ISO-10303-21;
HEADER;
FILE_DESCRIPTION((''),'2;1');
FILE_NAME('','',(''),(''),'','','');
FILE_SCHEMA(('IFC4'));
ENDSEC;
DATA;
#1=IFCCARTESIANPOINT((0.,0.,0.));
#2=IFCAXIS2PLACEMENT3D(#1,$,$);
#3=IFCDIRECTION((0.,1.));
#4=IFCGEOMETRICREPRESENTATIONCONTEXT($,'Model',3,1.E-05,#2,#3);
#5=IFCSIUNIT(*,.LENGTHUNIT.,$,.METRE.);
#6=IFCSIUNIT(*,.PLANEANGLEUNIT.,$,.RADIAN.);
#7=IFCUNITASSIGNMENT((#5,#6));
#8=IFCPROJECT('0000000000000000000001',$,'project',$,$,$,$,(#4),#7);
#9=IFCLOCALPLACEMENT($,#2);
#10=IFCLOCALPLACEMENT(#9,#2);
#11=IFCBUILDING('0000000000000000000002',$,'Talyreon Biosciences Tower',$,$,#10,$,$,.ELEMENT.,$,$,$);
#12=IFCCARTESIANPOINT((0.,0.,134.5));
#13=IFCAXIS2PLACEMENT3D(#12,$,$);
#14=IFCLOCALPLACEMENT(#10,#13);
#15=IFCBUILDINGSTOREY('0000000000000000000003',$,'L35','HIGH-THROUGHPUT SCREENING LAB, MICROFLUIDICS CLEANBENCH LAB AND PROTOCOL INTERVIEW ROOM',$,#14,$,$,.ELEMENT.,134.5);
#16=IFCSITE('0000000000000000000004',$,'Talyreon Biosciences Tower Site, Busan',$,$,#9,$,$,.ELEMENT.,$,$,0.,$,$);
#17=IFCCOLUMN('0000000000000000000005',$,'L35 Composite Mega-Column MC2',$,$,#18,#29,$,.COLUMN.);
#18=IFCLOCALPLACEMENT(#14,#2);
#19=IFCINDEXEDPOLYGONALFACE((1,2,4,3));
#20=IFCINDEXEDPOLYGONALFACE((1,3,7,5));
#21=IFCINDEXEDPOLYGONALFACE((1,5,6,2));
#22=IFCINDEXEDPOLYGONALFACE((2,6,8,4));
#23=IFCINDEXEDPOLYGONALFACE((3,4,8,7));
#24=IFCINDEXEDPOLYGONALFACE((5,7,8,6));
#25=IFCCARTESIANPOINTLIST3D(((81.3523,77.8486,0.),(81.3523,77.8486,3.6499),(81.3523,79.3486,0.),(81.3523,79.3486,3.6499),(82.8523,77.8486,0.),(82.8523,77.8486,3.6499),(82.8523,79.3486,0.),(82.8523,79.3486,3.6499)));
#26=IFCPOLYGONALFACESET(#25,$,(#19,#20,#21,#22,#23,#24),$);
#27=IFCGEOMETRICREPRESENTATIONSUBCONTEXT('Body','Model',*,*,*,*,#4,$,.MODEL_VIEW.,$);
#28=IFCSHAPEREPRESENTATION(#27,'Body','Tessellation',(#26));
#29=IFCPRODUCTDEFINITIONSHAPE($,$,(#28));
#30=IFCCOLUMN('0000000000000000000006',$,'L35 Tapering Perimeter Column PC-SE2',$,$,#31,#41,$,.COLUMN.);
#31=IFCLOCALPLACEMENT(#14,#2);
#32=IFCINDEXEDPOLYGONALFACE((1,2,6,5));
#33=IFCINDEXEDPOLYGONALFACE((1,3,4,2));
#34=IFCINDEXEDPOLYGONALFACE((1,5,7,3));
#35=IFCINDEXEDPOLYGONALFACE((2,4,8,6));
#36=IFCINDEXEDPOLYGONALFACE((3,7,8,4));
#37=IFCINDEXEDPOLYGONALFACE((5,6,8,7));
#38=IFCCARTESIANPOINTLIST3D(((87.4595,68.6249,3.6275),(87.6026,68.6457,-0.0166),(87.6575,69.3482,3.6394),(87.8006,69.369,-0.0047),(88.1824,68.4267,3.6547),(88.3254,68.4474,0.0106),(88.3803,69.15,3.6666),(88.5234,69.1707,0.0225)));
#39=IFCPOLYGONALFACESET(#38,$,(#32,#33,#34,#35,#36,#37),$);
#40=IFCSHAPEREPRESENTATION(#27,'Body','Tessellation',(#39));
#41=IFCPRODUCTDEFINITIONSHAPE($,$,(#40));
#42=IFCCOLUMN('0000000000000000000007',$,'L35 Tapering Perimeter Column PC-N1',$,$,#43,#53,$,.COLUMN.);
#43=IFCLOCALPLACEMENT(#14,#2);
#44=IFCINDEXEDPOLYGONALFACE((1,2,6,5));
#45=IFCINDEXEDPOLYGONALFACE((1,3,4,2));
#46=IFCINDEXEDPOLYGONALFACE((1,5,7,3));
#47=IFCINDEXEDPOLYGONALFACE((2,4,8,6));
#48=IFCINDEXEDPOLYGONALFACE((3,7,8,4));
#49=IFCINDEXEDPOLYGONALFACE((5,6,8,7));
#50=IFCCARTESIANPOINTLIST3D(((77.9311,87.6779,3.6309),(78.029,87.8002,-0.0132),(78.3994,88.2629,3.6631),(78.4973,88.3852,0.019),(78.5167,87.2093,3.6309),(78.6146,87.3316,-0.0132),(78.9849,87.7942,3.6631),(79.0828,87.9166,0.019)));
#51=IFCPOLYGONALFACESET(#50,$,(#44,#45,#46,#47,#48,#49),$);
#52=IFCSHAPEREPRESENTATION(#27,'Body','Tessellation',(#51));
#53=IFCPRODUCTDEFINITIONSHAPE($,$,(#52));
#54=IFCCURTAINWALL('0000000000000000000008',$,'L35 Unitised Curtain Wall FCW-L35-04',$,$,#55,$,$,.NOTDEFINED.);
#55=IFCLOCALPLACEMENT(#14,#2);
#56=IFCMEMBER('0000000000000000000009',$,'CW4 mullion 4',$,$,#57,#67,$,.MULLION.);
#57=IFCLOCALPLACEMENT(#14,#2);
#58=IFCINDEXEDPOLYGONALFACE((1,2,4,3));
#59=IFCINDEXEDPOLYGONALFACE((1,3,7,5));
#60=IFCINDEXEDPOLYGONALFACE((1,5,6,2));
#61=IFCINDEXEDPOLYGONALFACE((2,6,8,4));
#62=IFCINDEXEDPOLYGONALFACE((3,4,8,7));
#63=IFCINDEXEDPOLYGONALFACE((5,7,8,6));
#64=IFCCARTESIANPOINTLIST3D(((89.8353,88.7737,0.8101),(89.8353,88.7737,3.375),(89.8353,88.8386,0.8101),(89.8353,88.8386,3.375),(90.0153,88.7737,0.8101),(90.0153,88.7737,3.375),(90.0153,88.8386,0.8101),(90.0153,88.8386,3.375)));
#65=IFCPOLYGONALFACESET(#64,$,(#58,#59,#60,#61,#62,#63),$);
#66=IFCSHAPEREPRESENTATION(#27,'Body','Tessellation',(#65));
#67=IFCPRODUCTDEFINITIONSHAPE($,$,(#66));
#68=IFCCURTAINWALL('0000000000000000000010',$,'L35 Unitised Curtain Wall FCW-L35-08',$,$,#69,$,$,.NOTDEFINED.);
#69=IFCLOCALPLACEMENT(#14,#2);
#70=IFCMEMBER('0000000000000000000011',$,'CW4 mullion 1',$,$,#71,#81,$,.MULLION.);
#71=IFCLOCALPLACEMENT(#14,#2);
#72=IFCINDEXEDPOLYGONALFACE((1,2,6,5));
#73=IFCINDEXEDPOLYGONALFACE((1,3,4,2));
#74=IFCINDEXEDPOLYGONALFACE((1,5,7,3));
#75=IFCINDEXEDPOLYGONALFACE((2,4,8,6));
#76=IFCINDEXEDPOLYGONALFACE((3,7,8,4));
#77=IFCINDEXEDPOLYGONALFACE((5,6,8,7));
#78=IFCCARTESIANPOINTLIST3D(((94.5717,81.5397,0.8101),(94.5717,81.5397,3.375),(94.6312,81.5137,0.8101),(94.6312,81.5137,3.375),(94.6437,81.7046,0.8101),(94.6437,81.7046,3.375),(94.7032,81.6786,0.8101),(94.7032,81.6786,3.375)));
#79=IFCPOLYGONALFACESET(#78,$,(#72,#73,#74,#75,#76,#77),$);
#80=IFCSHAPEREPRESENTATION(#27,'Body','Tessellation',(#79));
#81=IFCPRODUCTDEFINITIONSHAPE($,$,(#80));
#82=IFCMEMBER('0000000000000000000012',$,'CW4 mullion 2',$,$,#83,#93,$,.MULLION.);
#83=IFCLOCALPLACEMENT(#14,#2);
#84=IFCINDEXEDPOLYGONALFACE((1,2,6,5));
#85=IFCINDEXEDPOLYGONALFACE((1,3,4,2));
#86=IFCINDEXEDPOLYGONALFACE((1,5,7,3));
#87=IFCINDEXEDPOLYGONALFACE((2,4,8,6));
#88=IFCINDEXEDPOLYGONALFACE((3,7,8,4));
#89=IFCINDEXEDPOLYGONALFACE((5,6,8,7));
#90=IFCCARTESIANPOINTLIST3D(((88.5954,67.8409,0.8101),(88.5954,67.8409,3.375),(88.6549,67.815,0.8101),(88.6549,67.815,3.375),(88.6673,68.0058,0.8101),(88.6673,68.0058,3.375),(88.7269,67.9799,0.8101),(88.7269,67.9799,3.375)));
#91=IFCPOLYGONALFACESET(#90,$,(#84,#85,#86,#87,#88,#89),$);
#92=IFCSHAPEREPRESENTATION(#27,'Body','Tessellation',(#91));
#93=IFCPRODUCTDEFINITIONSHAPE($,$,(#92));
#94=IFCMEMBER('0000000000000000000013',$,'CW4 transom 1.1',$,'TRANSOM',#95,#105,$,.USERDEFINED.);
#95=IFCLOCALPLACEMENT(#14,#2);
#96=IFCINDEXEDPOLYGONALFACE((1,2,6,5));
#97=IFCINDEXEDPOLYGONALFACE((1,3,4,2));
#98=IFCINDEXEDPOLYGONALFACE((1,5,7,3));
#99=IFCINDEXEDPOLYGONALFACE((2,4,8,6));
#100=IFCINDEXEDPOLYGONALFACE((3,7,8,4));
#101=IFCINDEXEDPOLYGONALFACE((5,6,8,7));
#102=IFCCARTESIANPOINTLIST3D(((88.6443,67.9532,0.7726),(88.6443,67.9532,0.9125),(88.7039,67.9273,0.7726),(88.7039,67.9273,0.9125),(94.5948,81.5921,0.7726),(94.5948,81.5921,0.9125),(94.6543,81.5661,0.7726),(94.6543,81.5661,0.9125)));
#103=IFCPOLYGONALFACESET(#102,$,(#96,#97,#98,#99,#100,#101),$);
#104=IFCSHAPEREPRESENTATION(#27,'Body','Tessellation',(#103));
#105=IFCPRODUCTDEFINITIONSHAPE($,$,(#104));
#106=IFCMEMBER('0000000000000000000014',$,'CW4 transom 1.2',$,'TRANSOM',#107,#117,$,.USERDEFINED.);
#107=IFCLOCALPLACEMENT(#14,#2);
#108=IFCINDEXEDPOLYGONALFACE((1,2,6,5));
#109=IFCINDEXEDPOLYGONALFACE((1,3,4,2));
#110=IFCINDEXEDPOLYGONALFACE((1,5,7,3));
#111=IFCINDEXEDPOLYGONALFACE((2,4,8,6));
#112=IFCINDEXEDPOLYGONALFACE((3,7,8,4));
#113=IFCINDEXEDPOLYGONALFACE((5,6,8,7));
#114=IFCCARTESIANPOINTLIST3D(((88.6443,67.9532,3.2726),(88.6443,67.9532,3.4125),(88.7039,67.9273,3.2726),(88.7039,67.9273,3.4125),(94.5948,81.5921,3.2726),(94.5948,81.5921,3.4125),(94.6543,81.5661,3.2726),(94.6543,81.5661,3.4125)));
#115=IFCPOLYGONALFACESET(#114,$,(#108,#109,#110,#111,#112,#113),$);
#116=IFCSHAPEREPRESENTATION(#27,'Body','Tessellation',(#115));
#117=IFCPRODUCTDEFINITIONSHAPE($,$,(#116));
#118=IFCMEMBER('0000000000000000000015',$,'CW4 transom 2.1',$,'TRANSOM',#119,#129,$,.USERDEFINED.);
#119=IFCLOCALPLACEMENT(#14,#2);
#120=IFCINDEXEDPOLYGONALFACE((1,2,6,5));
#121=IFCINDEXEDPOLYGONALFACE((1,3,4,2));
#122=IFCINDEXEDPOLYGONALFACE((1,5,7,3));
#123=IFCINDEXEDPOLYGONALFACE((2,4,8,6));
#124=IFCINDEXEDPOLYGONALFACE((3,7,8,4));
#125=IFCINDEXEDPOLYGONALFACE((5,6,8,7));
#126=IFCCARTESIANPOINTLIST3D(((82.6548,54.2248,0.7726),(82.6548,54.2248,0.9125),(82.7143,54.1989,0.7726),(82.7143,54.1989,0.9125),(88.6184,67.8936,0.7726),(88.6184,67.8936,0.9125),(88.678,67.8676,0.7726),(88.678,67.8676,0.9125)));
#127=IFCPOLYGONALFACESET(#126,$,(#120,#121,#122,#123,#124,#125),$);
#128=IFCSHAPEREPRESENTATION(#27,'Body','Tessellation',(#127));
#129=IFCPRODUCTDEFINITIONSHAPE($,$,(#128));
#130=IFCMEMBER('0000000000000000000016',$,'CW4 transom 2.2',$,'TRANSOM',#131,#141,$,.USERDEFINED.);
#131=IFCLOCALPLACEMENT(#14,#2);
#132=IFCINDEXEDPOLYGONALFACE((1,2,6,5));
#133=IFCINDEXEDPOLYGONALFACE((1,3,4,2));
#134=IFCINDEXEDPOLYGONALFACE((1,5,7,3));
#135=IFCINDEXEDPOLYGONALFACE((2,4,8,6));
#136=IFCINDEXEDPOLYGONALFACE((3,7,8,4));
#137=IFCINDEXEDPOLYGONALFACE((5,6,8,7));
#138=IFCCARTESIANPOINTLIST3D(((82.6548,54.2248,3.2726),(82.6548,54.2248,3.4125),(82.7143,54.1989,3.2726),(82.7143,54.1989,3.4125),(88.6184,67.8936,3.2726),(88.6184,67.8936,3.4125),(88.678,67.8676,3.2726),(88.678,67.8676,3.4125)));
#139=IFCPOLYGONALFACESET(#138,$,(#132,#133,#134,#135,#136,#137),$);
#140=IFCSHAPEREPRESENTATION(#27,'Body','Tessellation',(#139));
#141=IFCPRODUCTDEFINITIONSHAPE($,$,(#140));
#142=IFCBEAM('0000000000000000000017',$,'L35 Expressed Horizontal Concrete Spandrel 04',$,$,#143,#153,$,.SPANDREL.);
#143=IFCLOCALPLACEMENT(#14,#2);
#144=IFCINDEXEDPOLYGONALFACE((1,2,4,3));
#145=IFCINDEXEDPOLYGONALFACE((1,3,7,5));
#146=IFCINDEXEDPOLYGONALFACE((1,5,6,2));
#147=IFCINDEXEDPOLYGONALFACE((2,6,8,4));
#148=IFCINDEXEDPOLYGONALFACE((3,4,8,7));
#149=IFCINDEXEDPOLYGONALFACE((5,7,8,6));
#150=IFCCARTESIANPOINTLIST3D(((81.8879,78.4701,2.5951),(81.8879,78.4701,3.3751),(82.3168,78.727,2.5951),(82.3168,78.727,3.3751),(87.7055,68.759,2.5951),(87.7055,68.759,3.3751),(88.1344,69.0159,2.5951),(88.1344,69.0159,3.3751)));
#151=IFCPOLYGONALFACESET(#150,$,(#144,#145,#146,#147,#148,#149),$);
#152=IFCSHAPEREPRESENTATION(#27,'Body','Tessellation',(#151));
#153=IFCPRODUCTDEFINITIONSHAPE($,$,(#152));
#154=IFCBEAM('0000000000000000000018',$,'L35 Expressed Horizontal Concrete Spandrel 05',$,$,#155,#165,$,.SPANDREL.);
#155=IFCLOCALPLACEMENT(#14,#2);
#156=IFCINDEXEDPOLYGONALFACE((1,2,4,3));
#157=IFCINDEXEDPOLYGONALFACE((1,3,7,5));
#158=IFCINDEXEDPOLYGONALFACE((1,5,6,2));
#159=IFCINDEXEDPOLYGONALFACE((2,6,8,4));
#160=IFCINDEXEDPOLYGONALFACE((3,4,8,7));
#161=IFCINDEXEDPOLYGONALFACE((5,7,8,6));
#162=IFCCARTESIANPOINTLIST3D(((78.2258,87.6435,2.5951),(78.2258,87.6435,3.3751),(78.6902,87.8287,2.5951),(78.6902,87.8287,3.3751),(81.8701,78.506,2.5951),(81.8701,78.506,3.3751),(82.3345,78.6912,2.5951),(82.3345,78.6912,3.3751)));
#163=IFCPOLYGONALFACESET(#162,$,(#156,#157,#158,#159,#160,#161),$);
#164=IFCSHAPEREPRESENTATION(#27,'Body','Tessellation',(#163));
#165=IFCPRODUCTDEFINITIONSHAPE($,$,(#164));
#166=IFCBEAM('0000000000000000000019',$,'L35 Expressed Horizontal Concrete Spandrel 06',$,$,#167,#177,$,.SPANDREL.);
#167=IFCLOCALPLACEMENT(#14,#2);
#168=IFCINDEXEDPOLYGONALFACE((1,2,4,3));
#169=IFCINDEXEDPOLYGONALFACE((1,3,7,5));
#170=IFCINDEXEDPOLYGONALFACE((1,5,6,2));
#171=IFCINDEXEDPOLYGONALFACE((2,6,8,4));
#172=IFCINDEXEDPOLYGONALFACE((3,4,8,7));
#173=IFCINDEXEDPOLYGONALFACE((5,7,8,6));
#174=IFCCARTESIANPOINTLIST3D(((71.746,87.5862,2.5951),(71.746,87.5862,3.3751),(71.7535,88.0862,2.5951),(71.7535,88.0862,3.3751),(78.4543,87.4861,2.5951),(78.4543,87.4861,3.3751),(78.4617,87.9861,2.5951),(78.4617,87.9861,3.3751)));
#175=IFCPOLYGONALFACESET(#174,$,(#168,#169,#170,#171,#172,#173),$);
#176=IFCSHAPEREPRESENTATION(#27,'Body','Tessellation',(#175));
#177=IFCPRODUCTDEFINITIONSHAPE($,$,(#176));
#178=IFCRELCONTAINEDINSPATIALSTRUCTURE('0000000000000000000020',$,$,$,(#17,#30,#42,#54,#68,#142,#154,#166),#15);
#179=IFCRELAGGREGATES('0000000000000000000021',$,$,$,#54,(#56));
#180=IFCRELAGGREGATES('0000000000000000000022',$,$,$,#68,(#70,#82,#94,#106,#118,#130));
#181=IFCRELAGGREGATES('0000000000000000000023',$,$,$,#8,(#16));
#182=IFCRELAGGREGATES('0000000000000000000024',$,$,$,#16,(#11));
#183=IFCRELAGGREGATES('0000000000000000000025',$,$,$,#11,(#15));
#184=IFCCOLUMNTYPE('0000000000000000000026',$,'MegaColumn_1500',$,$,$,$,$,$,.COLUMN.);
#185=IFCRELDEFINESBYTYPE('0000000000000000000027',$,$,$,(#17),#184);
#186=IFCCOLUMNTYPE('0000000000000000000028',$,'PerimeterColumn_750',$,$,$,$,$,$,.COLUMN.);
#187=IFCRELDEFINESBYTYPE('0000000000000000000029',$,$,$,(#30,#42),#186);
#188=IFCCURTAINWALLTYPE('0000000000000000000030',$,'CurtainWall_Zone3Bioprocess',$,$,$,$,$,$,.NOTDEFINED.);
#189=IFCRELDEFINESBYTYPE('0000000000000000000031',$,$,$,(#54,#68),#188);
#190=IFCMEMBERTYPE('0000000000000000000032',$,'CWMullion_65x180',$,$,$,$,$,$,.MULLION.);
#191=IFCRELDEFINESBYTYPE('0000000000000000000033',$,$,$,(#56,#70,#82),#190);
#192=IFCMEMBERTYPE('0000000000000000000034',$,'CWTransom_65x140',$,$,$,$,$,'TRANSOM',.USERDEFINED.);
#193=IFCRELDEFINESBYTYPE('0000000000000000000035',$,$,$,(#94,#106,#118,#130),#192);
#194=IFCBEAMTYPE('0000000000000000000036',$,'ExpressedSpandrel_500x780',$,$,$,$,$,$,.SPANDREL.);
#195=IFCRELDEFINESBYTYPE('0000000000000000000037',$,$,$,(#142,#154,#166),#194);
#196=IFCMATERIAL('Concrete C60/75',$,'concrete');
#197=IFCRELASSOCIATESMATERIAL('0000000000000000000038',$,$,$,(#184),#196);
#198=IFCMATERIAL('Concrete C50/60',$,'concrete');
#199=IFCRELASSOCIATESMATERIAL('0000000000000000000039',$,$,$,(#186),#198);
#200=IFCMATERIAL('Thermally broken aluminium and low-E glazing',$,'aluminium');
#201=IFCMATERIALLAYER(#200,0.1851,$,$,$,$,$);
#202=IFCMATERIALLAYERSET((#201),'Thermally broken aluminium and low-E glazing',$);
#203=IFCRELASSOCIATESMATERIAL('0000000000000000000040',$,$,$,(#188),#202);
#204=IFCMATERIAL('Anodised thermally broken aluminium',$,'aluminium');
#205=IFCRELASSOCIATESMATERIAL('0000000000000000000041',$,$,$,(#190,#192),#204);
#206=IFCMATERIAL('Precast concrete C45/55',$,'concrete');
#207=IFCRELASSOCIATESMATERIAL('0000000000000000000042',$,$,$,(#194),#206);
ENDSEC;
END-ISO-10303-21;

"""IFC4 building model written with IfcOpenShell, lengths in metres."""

from ifc_helpers import new_model, si_unit, direction, frame, origin, origin_2d, place, context, subcontext, project, spatial, rectangle, extrude, material, layer, layer_set, material_profile, profile_set, type_object, element, aggregate, save


model = new_model("IFC4")

# Units and contexts
model_context = context("Model", 3, precision=1e-05, world=origin(), true_north=direction((0.0, 1.0)))
body_context = subcontext(model_context, "Body", "Model", "MODEL_VIEW")
ifc_project = project(units=[si_unit("LENGTHUNIT", "METRE"), si_unit("PLANEANGLEUNIT", "RADIAN")], contexts=[model_context])

# Site, building, storey
site_placement = place(None, origin())
site = spatial("IfcSite", under=ifc_project, at=site_placement, Name="Talyreon Biosciences Tower Site, Busan", CompositionType="ELEMENT", RefElevation=0.0)
building_placement = place(site_placement, origin())
building = spatial("IfcBuilding", under=site, at=building_placement, Name="Talyreon Biosciences Tower", CompositionType="ELEMENT")
storey_placement = place(building_placement, frame((0.0, 0.0, 134.5)))
storey = spatial("IfcBuildingStorey", under=building, at=storey_placement, Name="L35", Description="HIGH-THROUGHPUT SCREENING LAB, MICROFLUIDICS CLEANBENCH LAB AND PROTOCOL INTERVIEW ROOM", CompositionType="ELEMENT", Elevation=134.5)

# Columns
ifc_material_1 = material(Name="Concrete C60/75", Category="concrete")
ifc_material_profile_1 = material_profile(ifc_material_1, rectangle(XDim=1.5, YDim=1.5, at=origin_2d()), Name="RC 1500x1500")
ifc_profile_set_1 = profile_set([ifc_material_profile_1], Name="Concrete C60/75")
column_type_1 = type_object("IfcColumnType", Name="MegaColumn_1500", PredefinedType="COLUMN", material=ifc_profile_set_1)
column_1_placement = place(storey_placement, frame((82.1023, 78.5986, 0.0), z_axis=(0.0, 0.0, 1.0), x_axis=(1.0, 0.0, 0.0)))
element("IfcColumn", 1, at=column_1_placement, inside=storey, type_object=column_type_1, Name="L35 Composite Mega-Column MC2", PredefinedType="COLUMN", context=body_context, shape_type="SweptSolid", body=[
    extrude(rectangle(XDim=1.5, YDim=1.5, at=origin_2d()), origin(), (0.0, 0.0, 1.0), 3.6499),
])
ifc_material_2 = material(Name="Concrete C50/60", Category="concrete")
ifc_material_profile_2 = material_profile(ifc_material_2, rectangle(XDim=0.75, YDim=0.75, at=origin_2d()), Name="RC 750x750")
ifc_profile_set_2 = profile_set([ifc_material_profile_2], Name="Concrete C50/60")
column_type_2 = type_object("IfcColumnType", Name="PerimeterColumn_750", PredefinedType="COLUMN", material=ifc_profile_set_2)
column_2_placement = place(storey_placement, frame((88.063, 68.9082, 0.0029), z_axis=(-0.039229, -0.00569, 0.999214), x_axis=(0.963744, -0.264342, 0.036332)))
element("IfcColumn", 2, at=column_2_placement, inside=storey, type_object=column_type_2, Name="L35 Tapering Perimeter Column PC-SE2", PredefinedType="COLUMN", context=body_context, shape_type="SweptSolid", body=[
    extrude(rectangle(XDim=0.75, YDim=0.75, at=origin_2d()), origin(), (0.0, 0.0, 1.0), 3.647),
])
column_3_placement = place(storey_placement, frame((78.5559, 87.8584, 0.0029), z_axis=(-0.026841, -0.033535, 0.999077), x_axis=(-0.780717, 0.624885, 0.0)))
element("IfcColumn", 3, at=column_3_placement, inside=storey, type_object=column_type_2, Name="L35 Tapering Perimeter Column PC-N1", PredefinedType="COLUMN", context=body_context, shape_type="SweptSolid", body=[
    extrude(rectangle(XDim=0.75, YDim=0.75, at=origin_2d()), origin(), (0.0, 0.0, 1.0), 3.6475),
])

# Curtain wall, member
ifc_material_3 = material(Name="Thermally broken aluminium and low-E glazing", Category="aluminium")
ifc_layer_1 = layer(ifc_material_3, 0.1851)
ifc_layer_set_1 = layer_set([ifc_layer_1], Name="Thermally broken aluminium and low-E glazing")
curtain_wall_type = type_object("IfcCurtainWallType", Name="CurtainWall_Zone3Bioprocess", PredefinedType="NOTDEFINED", material=ifc_layer_set_1)
curtain_wall_1_placement = place(storey_placement, origin())
curtain_wall_1 = element("IfcCurtainWall", 4, at=curtain_wall_1_placement, inside=storey, type_object=curtain_wall_type, Name="L35 Unitised Curtain Wall FCW-L35-04", PredefinedType="NOTDEFINED")
ifc_material_4 = material(Name="Anodised thermally broken aluminium", Category="aluminium")
ifc_material_profile_3 = material_profile(ifc_material_4, rectangle(XDim=0.0649, YDim=0.1799, at=origin_2d()), Name="ALUM MULLION 65x180")
ifc_profile_set_3 = profile_set([ifc_material_profile_3], Name="Anodised thermally broken aluminium")
member_type_1 = type_object("IfcMemberType", Name="CWMullion_65x180", PredefinedType="MULLION", material=ifc_profile_set_3)
member_1_placement = place(storey_placement, frame((89.9253, 88.8062, 0.8101), z_axis=(0.0, 0.0, 1.0), x_axis=(0.0, 1.0, 0.0)))
member_1 = element("IfcMember", 5, at=member_1_placement, type_object=member_type_1, Name="CW4 mullion 4", PredefinedType="MULLION", context=body_context, shape_type="SweptSolid", body=[
    extrude(rectangle(XDim=0.0649, YDim=0.1799, at=origin_2d()), origin(), (0.0, 0.0, 1.0), 2.5649),
])

# Curtain wall, members
curtain_wall_2_placement = place(storey_placement, origin())
curtain_wall_2 = element("IfcCurtainWall", 6, at=curtain_wall_2_placement, inside=storey, type_object=curtain_wall_type, Name="L35 Unitised Curtain Wall FCW-L35-08", PredefinedType="NOTDEFINED")
member_2_placement = place(storey_placement, frame((94.6375, 81.6091, 0.8101), z_axis=(0.0, 0.0, 1.0), x_axis=(0.916566, -0.399882, 0.0)))
member_2 = element("IfcMember", 7, at=member_2_placement, type_object=member_type_1, Name="CW4 mullion 1", PredefinedType="MULLION", context=body_context, shape_type="SweptSolid", body=[
    extrude(rectangle(XDim=0.0649, YDim=0.1799, at=origin_2d()), origin(), (0.0, 0.0, 1.0), 2.5649),
])
member_3_placement = place(storey_placement, frame((88.6611, 67.9104, 0.8101), z_axis=(0.0, 0.0, 1.0), x_axis=(0.916566, -0.399882, 0.0)))
member_3 = element("IfcMember", 8, at=member_3_placement, type_object=member_type_1, Name="CW4 mullion 2", PredefinedType="MULLION", context=body_context, shape_type="SweptSolid", body=[
    extrude(rectangle(XDim=0.0649, YDim=0.1799, at=origin_2d()), origin(), (0.0, 0.0, 1.0), 2.5649),
])
ifc_material_profile_4 = material_profile(ifc_material_4, rectangle(XDim=0.0649, YDim=0.1399, at=origin_2d()), Name="ALUM TRANSOM 65x140")
ifc_profile_set_4 = profile_set([ifc_material_profile_4], Name="Anodised thermally broken aluminium")
member_type_2 = type_object("IfcMemberType", Name="CWTransom_65x140", ElementType="TRANSOM", PredefinedType="USERDEFINED", material=ifc_profile_set_4)
member_4_placement = place(storey_placement, frame((94.6245, 81.5791, 0.8425), z_axis=(-0.399883, -0.916566, 0.0), x_axis=(0.916566, -0.399883, 0.0)))
member_4 = element("IfcMember", 9, at=member_4_placement, type_object=member_type_2, Name="CW4 transom 1.1", ObjectType="TRANSOM", PredefinedType="USERDEFINED", context=body_context, shape_type="SweptSolid", body=[
    extrude(rectangle(XDim=0.0649, YDim=0.1399, at=origin_2d()), origin(), (0.0, 0.0, 1.0), 14.8804),
])
member_5_placement = place(storey_placement, frame((94.6245, 81.5791, 3.3425), z_axis=(-0.399883, -0.916566, 0.0), x_axis=(0.916566, -0.399883, 0.0)))
member_5 = element("IfcMember", 10, at=member_5_placement, type_object=member_type_2, Name="CW4 transom 1.2", ObjectType="TRANSOM", PredefinedType="USERDEFINED", context=body_context, shape_type="SweptSolid", body=[
    extrude(rectangle(XDim=0.0649, YDim=0.1399, at=origin_2d()), origin(), (0.0, 0.0, 1.0), 14.8804),
])
member_6_placement = place(storey_placement, frame((88.6482, 67.8806, 0.8425), z_axis=(-0.399894, -0.916562, 0.0), x_axis=(0.916562, -0.399894, 0.0)))
member_6 = element("IfcMember", 11, at=member_6_placement, type_object=member_type_2, Name="CW4 transom 2.1", ObjectType="TRANSOM", PredefinedType="USERDEFINED", context=body_context, shape_type="SweptSolid", body=[
    extrude(rectangle(XDim=0.0649, YDim=0.1399, at=origin_2d()), origin(), (0.0, 0.0, 1.0), 14.9131),
])
member_7_placement = place(storey_placement, frame((88.6482, 67.8806, 3.3425), z_axis=(-0.399894, -0.916562, 0.0), x_axis=(0.916562, -0.399894, 0.0)))
member_7 = element("IfcMember", 12, at=member_7_placement, type_object=member_type_2, Name="CW4 transom 2.2", ObjectType="TRANSOM", PredefinedType="USERDEFINED", context=body_context, shape_type="SweptSolid", body=[
    extrude(rectangle(XDim=0.0649, YDim=0.1399, at=origin_2d()), origin(), (0.0, 0.0, 1.0), 14.9131),
])

# Beams
ifc_material_5 = material(Name="Precast concrete C45/55", Category="concrete")
ifc_material_profile_5 = material_profile(ifc_material_5, rectangle(XDim=0.5, YDim=0.78, at=origin_2d()), Name="RCB 500x780")
ifc_profile_set_5 = profile_set([ifc_material_profile_5], Name="Precast concrete C45/55")
beam_type_1 = type_object("IfcBeamType", Name="ExpressedSpandrel_500x780", PredefinedType="SPANDREL", material=ifc_profile_set_5)
beam_1_placement = place(storey_placement, frame((87.9199, 68.8875, 2.9851), z_axis=(-0.513906, 0.857847, 0.0), x_axis=(-0.857847, -0.513906, 0.0)))
element("IfcBeam", 13, at=beam_1_placement, inside=storey, type_object=beam_type_1, Name="L35 Expressed Horizontal Concrete Spandrel 04", PredefinedType="SPANDREL", context=body_context, shape_type="SweptSolid", body=[
    extrude(rectangle(XDim=0.5, YDim=0.78, at=origin_2d()), origin(), (0.0, 0.0, 1.0), 11.3203),
])
beam_2_placement = place(storey_placement, frame((82.1023, 78.5986, 2.9851), z_axis=(-0.370453, 0.928851, 0.0), x_axis=(-0.928851, -0.370453, 0.0)))
element("IfcBeam", 14, at=beam_2_placement, inside=storey, type_object=beam_type_1, Name="L35 Expressed Horizontal Concrete Spandrel 05", PredefinedType="SPANDREL", context=body_context, shape_type="SweptSolid", body=[
    extrude(rectangle(XDim=0.5, YDim=0.78, at=origin_2d()), origin(), (0.0, 0.0, 1.0), 9.8374),
])
beam_3_placement = place(storey_placement, frame((78.458, 87.7361, 2.9851), z_axis=(-0.999889, 0.01492, 0.0), x_axis=(-0.01492, -0.999889, 0.0)))
element("IfcBeam", 15, at=beam_3_placement, inside=storey, type_object=beam_type_1, Name="L35 Expressed Horizontal Concrete Spandrel 06", PredefinedType="SPANDREL", context=body_context, shape_type="SweptSolid", body=[
    extrude(rectangle(XDim=0.5, YDim=0.78, at=origin_2d()), origin(), (0.0, 0.0, 1.0), 6.709),
])

aggregate(curtain_wall_1, [member_1])
aggregate(curtain_wall_2, [member_2, member_3, member_4, member_5, member_6, member_7])

save(model, "model.ifc")
